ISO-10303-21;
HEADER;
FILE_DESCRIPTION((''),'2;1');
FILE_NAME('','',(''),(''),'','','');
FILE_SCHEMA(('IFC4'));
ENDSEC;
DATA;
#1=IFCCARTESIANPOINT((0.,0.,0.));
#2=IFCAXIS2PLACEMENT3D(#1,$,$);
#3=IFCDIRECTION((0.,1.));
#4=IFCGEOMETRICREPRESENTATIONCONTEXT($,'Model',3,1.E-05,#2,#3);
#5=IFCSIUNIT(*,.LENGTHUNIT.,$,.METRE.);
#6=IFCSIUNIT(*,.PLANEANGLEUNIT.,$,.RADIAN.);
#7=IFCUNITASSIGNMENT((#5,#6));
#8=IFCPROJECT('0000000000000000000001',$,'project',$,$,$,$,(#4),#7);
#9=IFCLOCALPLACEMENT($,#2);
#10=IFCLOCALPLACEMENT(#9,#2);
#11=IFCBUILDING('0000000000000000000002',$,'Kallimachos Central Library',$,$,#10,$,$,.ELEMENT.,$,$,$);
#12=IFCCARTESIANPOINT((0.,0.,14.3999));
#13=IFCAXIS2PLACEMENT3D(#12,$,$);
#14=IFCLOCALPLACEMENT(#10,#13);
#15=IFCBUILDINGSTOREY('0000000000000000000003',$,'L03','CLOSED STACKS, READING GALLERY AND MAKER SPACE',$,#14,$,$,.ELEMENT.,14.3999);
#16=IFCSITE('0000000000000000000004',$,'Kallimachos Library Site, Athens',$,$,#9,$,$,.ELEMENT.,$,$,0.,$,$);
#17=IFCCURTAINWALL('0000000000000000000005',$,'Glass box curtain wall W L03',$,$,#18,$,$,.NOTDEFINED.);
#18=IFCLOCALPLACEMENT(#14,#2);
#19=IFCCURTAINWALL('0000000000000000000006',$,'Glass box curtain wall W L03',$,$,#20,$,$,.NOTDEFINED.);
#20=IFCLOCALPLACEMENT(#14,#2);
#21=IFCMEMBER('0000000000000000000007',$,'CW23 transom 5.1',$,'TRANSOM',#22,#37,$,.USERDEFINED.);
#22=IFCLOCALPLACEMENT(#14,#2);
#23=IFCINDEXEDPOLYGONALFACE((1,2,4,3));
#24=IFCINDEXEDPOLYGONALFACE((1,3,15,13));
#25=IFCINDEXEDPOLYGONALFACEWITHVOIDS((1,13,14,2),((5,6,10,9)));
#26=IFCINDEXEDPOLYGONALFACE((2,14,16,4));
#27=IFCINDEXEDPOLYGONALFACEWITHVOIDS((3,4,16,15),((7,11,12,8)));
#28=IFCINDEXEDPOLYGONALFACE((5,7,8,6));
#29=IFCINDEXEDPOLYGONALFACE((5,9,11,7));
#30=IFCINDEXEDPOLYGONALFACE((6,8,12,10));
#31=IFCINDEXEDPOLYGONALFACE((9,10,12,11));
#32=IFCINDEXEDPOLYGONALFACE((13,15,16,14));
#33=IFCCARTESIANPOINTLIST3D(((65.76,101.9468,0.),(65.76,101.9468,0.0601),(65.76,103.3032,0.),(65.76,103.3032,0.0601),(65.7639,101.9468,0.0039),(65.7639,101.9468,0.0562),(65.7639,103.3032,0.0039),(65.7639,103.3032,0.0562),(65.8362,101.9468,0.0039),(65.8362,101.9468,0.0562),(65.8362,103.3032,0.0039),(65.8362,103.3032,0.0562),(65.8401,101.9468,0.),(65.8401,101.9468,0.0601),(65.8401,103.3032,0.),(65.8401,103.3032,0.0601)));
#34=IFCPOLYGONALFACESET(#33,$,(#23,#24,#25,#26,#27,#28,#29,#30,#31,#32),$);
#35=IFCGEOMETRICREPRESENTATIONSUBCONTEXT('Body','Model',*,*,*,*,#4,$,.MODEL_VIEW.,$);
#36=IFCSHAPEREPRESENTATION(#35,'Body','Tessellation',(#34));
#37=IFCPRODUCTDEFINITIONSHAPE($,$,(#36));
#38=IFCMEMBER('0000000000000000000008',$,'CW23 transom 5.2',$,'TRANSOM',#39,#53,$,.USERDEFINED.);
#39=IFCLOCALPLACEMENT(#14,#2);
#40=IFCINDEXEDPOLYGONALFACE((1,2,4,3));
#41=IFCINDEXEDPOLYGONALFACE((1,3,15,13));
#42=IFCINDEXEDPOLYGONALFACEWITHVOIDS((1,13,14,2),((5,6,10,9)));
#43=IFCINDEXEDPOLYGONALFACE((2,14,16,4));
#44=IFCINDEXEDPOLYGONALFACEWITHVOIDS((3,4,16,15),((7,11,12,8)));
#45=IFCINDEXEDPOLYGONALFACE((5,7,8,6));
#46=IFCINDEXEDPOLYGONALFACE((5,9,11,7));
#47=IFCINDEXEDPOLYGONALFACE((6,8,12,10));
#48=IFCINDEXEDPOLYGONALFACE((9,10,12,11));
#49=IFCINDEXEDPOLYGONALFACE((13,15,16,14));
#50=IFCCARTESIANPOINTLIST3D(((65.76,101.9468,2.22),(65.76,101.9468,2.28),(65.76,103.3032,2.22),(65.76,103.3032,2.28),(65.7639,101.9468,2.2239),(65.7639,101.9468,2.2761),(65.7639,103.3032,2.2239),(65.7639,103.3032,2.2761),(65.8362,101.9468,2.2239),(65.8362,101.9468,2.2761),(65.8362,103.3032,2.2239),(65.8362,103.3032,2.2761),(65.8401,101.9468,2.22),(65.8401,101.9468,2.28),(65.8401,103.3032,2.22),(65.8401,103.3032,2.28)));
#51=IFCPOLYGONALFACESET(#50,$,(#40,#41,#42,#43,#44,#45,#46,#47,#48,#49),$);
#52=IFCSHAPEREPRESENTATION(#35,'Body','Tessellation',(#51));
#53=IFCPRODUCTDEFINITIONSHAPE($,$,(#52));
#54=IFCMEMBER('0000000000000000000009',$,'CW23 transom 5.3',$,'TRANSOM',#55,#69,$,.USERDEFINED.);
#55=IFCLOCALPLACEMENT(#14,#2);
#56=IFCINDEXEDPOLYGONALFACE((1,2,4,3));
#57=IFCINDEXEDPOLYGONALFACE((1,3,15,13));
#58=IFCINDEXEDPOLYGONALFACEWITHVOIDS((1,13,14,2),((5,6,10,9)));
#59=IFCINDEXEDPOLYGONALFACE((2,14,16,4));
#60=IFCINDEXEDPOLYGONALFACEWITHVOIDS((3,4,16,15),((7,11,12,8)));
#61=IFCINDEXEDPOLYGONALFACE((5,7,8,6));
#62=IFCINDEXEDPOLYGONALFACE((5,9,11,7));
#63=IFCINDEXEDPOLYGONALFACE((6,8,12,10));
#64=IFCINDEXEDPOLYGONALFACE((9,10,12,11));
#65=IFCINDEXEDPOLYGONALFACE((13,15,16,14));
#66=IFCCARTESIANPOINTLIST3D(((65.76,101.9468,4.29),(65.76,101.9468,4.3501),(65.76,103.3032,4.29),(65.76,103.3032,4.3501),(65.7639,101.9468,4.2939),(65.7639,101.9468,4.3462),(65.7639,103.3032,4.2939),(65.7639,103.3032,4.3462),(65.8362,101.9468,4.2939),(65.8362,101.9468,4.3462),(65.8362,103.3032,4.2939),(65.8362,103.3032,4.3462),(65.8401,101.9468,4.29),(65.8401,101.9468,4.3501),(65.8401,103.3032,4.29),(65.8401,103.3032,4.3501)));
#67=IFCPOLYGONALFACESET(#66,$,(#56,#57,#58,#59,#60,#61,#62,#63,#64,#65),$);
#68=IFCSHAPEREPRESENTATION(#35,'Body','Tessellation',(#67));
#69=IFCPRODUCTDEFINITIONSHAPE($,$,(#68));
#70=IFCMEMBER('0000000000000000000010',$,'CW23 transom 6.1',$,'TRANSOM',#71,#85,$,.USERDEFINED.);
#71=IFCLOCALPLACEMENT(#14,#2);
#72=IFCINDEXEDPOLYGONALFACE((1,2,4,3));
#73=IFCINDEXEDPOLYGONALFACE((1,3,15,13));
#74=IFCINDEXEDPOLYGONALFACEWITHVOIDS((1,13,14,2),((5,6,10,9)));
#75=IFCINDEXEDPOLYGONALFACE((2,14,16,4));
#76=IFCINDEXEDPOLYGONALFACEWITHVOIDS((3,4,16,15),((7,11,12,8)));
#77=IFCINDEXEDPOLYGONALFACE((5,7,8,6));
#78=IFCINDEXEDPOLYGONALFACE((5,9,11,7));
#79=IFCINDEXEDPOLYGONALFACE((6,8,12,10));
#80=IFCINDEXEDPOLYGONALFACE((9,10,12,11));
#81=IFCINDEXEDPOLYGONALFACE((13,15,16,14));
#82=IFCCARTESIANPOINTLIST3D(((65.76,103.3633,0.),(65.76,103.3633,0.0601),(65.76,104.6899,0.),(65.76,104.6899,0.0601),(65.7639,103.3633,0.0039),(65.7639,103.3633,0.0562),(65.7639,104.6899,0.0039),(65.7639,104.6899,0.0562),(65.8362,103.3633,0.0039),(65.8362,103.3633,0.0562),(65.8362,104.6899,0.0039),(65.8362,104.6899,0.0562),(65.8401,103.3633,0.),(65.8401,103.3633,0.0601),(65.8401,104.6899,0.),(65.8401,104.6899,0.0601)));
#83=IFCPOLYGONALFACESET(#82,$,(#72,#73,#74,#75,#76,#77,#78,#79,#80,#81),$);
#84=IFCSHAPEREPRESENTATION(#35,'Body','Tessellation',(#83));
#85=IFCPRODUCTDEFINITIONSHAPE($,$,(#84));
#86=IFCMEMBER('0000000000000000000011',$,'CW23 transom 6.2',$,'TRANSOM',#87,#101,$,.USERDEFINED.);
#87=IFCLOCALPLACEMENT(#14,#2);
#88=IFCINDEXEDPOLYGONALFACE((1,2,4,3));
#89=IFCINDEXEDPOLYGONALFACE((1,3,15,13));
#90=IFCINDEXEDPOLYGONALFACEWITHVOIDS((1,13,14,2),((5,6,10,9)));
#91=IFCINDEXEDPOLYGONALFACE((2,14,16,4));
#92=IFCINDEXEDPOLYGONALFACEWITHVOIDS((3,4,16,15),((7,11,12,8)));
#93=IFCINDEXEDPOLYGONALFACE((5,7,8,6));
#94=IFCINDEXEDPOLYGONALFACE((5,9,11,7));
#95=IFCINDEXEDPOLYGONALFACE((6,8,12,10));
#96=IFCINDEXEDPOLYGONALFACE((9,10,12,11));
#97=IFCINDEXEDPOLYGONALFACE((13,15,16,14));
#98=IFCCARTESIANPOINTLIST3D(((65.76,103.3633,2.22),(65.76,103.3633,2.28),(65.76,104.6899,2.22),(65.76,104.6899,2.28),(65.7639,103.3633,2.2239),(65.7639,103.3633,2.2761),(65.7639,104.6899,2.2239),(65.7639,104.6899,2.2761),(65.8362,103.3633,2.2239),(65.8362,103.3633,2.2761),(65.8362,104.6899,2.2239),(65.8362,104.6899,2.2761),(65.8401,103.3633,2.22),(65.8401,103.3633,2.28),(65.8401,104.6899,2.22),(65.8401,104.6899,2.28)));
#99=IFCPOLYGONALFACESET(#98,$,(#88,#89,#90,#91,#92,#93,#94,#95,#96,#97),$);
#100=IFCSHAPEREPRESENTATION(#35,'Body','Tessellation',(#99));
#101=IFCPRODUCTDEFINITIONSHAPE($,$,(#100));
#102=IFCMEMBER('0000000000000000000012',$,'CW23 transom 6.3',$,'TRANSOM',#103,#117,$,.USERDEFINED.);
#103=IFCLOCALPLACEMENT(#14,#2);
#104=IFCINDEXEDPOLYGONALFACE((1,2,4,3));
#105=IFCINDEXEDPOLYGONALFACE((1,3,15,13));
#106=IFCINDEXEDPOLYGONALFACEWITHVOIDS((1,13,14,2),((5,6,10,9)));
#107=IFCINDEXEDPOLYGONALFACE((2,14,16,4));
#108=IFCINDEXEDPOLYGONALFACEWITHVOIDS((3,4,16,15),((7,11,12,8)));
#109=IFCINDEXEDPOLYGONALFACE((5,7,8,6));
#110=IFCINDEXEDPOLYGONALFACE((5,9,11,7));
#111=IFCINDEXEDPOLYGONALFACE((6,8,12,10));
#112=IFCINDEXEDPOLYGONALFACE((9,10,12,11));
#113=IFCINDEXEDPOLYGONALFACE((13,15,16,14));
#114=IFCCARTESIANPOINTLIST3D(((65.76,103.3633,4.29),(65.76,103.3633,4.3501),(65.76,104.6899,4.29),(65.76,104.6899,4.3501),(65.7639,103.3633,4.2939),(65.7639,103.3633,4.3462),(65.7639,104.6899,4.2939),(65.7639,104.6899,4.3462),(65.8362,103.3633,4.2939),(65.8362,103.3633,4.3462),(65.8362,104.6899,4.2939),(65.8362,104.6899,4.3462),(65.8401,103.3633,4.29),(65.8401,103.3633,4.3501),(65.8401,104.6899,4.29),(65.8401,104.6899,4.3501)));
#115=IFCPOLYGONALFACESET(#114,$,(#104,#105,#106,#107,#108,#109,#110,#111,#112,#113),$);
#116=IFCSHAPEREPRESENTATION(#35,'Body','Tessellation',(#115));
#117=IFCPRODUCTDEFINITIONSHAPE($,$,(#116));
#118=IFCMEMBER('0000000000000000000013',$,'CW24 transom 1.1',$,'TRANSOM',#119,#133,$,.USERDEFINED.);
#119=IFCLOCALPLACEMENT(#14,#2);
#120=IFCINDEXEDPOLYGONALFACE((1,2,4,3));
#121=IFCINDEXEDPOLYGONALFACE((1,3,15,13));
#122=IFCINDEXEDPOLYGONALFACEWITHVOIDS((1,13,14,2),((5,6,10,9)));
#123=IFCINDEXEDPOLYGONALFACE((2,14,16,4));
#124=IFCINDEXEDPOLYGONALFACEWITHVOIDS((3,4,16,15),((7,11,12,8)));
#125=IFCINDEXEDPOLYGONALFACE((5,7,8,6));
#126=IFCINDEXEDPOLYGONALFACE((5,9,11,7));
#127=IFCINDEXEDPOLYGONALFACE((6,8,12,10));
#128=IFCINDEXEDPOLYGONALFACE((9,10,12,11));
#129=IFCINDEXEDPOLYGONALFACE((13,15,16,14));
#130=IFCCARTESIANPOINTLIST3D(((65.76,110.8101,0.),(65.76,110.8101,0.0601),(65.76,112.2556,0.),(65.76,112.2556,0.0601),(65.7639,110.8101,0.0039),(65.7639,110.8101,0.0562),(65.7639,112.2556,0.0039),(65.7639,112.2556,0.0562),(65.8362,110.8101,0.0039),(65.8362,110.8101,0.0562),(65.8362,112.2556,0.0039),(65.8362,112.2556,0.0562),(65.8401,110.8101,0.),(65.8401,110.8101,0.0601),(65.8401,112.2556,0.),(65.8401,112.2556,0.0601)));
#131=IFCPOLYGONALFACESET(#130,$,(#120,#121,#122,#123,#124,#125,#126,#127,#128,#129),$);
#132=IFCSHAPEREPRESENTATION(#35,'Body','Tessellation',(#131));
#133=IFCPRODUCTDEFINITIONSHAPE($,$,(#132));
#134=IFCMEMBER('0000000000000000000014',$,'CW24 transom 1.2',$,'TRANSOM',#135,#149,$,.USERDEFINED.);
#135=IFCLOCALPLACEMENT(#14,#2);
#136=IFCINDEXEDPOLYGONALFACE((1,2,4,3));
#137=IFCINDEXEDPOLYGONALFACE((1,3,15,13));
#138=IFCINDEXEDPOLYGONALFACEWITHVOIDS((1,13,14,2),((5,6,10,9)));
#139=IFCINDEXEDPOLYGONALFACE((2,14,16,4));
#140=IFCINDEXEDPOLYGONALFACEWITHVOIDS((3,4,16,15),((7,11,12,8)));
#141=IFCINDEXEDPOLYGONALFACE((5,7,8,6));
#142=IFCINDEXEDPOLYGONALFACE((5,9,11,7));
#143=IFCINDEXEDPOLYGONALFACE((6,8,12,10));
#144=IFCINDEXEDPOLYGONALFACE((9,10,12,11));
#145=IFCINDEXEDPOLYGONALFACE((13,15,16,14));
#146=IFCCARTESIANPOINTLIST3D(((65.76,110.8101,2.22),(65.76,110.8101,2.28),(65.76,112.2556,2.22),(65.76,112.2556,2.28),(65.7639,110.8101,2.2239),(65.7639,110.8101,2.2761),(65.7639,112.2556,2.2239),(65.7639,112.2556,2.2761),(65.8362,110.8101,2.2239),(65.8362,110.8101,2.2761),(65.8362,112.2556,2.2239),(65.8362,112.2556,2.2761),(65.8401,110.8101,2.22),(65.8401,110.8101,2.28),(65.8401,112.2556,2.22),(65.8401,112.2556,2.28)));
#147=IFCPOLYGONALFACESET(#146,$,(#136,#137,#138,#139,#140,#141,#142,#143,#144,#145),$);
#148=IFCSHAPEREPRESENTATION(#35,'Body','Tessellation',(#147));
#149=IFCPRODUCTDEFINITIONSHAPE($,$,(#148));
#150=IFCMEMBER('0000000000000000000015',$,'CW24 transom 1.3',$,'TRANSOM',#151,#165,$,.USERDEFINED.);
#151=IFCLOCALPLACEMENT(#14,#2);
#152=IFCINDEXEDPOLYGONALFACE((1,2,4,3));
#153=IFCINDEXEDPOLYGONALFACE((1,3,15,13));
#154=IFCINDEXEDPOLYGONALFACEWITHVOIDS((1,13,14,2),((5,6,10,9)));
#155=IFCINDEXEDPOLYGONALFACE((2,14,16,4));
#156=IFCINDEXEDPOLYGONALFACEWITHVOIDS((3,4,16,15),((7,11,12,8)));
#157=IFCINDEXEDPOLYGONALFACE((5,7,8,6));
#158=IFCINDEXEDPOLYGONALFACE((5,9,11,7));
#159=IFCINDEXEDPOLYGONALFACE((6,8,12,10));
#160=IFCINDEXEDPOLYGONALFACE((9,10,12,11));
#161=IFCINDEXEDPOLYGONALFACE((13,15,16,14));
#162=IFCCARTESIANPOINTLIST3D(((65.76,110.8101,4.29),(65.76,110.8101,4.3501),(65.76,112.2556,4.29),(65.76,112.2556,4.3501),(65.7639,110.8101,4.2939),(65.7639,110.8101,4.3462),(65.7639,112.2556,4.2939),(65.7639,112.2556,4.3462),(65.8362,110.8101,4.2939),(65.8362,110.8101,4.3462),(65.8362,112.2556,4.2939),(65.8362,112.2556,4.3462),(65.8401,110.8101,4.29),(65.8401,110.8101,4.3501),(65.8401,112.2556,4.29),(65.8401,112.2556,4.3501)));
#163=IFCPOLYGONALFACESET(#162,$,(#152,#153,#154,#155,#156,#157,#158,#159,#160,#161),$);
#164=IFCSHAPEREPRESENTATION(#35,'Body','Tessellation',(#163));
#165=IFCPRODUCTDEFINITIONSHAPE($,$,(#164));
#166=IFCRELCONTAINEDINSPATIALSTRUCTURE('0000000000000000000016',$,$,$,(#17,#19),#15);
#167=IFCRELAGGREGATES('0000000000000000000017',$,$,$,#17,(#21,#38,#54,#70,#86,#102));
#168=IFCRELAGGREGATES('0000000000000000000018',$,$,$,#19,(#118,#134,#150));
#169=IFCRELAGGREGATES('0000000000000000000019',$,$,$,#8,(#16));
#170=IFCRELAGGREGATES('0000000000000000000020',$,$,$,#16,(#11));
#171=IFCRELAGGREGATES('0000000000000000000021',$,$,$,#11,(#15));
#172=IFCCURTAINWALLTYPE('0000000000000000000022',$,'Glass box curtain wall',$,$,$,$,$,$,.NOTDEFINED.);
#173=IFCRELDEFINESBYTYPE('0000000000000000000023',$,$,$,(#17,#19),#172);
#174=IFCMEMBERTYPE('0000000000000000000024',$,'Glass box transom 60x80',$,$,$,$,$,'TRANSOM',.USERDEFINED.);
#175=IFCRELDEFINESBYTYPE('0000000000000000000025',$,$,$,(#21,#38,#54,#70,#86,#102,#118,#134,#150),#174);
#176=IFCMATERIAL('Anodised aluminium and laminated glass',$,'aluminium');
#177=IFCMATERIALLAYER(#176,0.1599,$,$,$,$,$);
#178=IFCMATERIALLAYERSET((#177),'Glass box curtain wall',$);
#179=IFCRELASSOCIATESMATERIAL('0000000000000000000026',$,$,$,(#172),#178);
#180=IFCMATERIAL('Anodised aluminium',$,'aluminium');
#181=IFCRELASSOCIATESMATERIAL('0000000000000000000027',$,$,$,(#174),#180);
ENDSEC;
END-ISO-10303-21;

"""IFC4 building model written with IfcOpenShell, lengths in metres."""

from ifc_helpers import new_model, si_unit, direction, frame, origin, origin_2d, place, context, subcontext, project, spatial, hollow_rectangle, extrude, material, layer, layer_set, material_profile, profile_set, type_object, element, aggregate, save


model = new_model("IFC4")

# Units and contexts
model_context = context("Model", 3, precision=1e-05, world=origin(), true_north=direction((0.0, 1.0)))
body_context = subcontext(model_context, "Body", "Model", "MODEL_VIEW")
ifc_project = project(units=[si_unit("LENGTHUNIT", "METRE"), si_unit("PLANEANGLEUNIT", "RADIAN")], contexts=[model_context])

# Site, building, storey
site_placement = place(None, origin())
site = spatial("IfcSite", under=ifc_project, at=site_placement, Name="Kallimachos Library Site, Athens", CompositionType="ELEMENT", RefElevation=0.0)
building_placement = place(site_placement, origin())
building = spatial("IfcBuilding", under=site, at=building_placement, Name="Kallimachos Central Library", CompositionType="ELEMENT")
storey_placement = place(building_placement, frame((0.0, 0.0, 14.3999)))
storey = spatial("IfcBuildingStorey", under=building, at=storey_placement, Name="L03", Description="CLOSED STACKS, READING GALLERY AND MAKER SPACE", CompositionType="ELEMENT", Elevation=14.3999)

# Curtain wall
ifc_material_1 = material(Name="Anodised aluminium and laminated glass", Category="aluminium")
ifc_layer_1 = layer(ifc_material_1, 0.1599)
ifc_layer_set_1 = layer_set([ifc_layer_1], Name="Glass box curtain wall")
curtain_wall_type = type_object("IfcCurtainWallType", Name="Glass box curtain wall", PredefinedType="NOTDEFINED", material=ifc_layer_set_1)
curtain_wall_1_placement = place(storey_placement, origin())
curtain_wall_1 = element("IfcCurtainWall", 1, at=curtain_wall_1_placement, inside=storey, type_object=curtain_wall_type, Name="Glass box curtain wall W L03", PredefinedType="NOTDEFINED")

# Curtain wall
curtain_wall_2_placement = place(storey_placement, origin())
curtain_wall_2 = element("IfcCurtainWall", 2, at=curtain_wall_2_placement, inside=storey, type_object=curtain_wall_type, Name="Glass box curtain wall W L03", PredefinedType="NOTDEFINED")

# Members
ifc_material_2 = material(Name="Anodised aluminium", Category="aluminium")
ifc_material_profile_1 = material_profile(ifc_material_2, hollow_rectangle(XDim=0.0601, YDim=0.0801, WallThickness=0.0039, at=origin_2d()), Name="ALU TRANSOM 60x80")
ifc_profile_set_1 = profile_set([ifc_material_profile_1], Name="Anodised aluminium")
member_type_1 = type_object("IfcMemberType", Name="Glass box transom 60x80", ElementType="TRANSOM", PredefinedType="USERDEFINED", material=ifc_profile_set_1)
member_1_placement = place(storey_placement, frame((65.8, 101.9468, 0.03), z_axis=(0.0, 1.0, 0.0), x_axis=(0.0, 0.0, 1.0)))
member_1 = element("IfcMember", 3, at=member_1_placement, type_object=member_type_1, Name="CW23 transom 5.1", ObjectType="TRANSOM", PredefinedType="USERDEFINED", context=body_context, shape_type="SweptSolid", body=[
    extrude(hollow_rectangle(XDim=0.0601, YDim=0.0801, WallThickness=0.0039, at=origin_2d()), origin(), (0.0, 0.0, 1.0), 1.3564),
])
member_2_placement = place(storey_placement, frame((65.8, 101.9468, 2.25), z_axis=(0.0, 1.0, 0.0), x_axis=(0.0, 0.0, 1.0)))
member_2 = element("IfcMember", 4, at=member_2_placement, type_object=member_type_1, Name="CW23 transom 5.2", ObjectType="TRANSOM", PredefinedType="USERDEFINED", context=body_context, shape_type="SweptSolid", body=[
    extrude(hollow_rectangle(XDim=0.0601, YDim=0.0801, WallThickness=0.0039, at=origin_2d()), origin(), (0.0, 0.0, 1.0), 1.3564),
])
member_3_placement = place(storey_placement, frame((65.8, 101.9468, 4.3201), z_axis=(0.0, 1.0, 0.0), x_axis=(0.0, 0.0, 1.0)))
member_3 = element("IfcMember", 5, at=member_3_placement, type_object=member_type_1, Name="CW23 transom 5.3", ObjectType="TRANSOM", PredefinedType="USERDEFINED", context=body_context, shape_type="SweptSolid", body=[
    extrude(hollow_rectangle(XDim=0.0601, YDim=0.0801, WallThickness=0.0039, at=origin_2d()), origin(), (0.0, 0.0, 1.0), 1.3564),
])
member_4_placement = place(storey_placement, frame((65.8, 103.3633, 0.03), z_axis=(0.0, 1.0, 0.0), x_axis=(0.0, 0.0, 1.0)))
member_4 = element("IfcMember", 6, at=member_4_placement, type_object=member_type_1, Name="CW23 transom 6.1", ObjectType="TRANSOM", PredefinedType="USERDEFINED", context=body_context, shape_type="SweptSolid", body=[
    extrude(hollow_rectangle(XDim=0.0601, YDim=0.0801, WallThickness=0.0039, at=origin_2d()), origin(), (0.0, 0.0, 1.0), 1.3267),
])
member_5_placement = place(storey_placement, frame((65.8, 103.3633, 2.25), z_axis=(0.0, 1.0, 0.0), x_axis=(0.0, 0.0, 1.0)))
member_5 = element("IfcMember", 7, at=member_5_placement, type_object=member_type_1, Name="CW23 transom 6.2", ObjectType="TRANSOM", PredefinedType="USERDEFINED", context=body_context, shape_type="SweptSolid", body=[
    extrude(hollow_rectangle(XDim=0.0601, YDim=0.0801, WallThickness=0.0039, at=origin_2d()), origin(), (0.0, 0.0, 1.0), 1.3267),
])
member_6_placement = place(storey_placement, frame((65.8, 103.3633, 4.3201), z_axis=(0.0, 1.0, 0.0), x_axis=(0.0, 0.0, 1.0)))
member_6 = element("IfcMember", 8, at=member_6_placement, type_object=member_type_1, Name="CW23 transom 6.3", ObjectType="TRANSOM", PredefinedType="USERDEFINED", context=body_context, shape_type="SweptSolid", body=[
    extrude(hollow_rectangle(XDim=0.0601, YDim=0.0801, WallThickness=0.0039, at=origin_2d()), origin(), (0.0, 0.0, 1.0), 1.3267),
])
member_7_placement = place(storey_placement, frame((65.8, 110.8101, 0.03), z_axis=(0.0, 1.0, 0.0), x_axis=(0.0, 0.0, 1.0)))
member_7 = element("IfcMember", 9, at=member_7_placement, type_object=member_type_1, Name="CW24 transom 1.1", ObjectType="TRANSOM", PredefinedType="USERDEFINED", context=body_context, shape_type="SweptSolid", body=[
    extrude(hollow_rectangle(XDim=0.0601, YDim=0.0801, WallThickness=0.0039, at=origin_2d()), origin(), (0.0, 0.0, 1.0), 1.4456),
])
member_8_placement = place(storey_placement, frame((65.8, 110.8101, 2.25), z_axis=(0.0, 1.0, 0.0), x_axis=(0.0, 0.0, 1.0)))
member_8 = element("IfcMember", 10, at=member_8_placement, type_object=member_type_1, Name="CW24 transom 1.2", ObjectType="TRANSOM", PredefinedType="USERDEFINED", context=body_context, shape_type="SweptSolid", body=[
    extrude(hollow_rectangle(XDim=0.0601, YDim=0.0801, WallThickness=0.0039, at=origin_2d()), origin(), (0.0, 0.0, 1.0), 1.4456),
])
member_9_placement = place(storey_placement, frame((65.8, 110.8101, 4.3201), z_axis=(0.0, 1.0, 0.0), x_axis=(0.0, 0.0, 1.0)))
member_9 = element("IfcMember", 11, at=member_9_placement, type_object=member_type_1, Name="CW24 transom 1.3", ObjectType="TRANSOM", PredefinedType="USERDEFINED", context=body_context, shape_type="SweptSolid", body=[
    extrude(hollow_rectangle(XDim=0.0601, YDim=0.0801, WallThickness=0.0039, at=origin_2d()), origin(), (0.0, 0.0, 1.0), 1.4456),
])

aggregate(curtain_wall_1, [member_1, member_2, member_3, member_4, member_5, member_6])
aggregate(curtain_wall_2, [member_7, member_8, member_9])

save(model, "model.ifc")
